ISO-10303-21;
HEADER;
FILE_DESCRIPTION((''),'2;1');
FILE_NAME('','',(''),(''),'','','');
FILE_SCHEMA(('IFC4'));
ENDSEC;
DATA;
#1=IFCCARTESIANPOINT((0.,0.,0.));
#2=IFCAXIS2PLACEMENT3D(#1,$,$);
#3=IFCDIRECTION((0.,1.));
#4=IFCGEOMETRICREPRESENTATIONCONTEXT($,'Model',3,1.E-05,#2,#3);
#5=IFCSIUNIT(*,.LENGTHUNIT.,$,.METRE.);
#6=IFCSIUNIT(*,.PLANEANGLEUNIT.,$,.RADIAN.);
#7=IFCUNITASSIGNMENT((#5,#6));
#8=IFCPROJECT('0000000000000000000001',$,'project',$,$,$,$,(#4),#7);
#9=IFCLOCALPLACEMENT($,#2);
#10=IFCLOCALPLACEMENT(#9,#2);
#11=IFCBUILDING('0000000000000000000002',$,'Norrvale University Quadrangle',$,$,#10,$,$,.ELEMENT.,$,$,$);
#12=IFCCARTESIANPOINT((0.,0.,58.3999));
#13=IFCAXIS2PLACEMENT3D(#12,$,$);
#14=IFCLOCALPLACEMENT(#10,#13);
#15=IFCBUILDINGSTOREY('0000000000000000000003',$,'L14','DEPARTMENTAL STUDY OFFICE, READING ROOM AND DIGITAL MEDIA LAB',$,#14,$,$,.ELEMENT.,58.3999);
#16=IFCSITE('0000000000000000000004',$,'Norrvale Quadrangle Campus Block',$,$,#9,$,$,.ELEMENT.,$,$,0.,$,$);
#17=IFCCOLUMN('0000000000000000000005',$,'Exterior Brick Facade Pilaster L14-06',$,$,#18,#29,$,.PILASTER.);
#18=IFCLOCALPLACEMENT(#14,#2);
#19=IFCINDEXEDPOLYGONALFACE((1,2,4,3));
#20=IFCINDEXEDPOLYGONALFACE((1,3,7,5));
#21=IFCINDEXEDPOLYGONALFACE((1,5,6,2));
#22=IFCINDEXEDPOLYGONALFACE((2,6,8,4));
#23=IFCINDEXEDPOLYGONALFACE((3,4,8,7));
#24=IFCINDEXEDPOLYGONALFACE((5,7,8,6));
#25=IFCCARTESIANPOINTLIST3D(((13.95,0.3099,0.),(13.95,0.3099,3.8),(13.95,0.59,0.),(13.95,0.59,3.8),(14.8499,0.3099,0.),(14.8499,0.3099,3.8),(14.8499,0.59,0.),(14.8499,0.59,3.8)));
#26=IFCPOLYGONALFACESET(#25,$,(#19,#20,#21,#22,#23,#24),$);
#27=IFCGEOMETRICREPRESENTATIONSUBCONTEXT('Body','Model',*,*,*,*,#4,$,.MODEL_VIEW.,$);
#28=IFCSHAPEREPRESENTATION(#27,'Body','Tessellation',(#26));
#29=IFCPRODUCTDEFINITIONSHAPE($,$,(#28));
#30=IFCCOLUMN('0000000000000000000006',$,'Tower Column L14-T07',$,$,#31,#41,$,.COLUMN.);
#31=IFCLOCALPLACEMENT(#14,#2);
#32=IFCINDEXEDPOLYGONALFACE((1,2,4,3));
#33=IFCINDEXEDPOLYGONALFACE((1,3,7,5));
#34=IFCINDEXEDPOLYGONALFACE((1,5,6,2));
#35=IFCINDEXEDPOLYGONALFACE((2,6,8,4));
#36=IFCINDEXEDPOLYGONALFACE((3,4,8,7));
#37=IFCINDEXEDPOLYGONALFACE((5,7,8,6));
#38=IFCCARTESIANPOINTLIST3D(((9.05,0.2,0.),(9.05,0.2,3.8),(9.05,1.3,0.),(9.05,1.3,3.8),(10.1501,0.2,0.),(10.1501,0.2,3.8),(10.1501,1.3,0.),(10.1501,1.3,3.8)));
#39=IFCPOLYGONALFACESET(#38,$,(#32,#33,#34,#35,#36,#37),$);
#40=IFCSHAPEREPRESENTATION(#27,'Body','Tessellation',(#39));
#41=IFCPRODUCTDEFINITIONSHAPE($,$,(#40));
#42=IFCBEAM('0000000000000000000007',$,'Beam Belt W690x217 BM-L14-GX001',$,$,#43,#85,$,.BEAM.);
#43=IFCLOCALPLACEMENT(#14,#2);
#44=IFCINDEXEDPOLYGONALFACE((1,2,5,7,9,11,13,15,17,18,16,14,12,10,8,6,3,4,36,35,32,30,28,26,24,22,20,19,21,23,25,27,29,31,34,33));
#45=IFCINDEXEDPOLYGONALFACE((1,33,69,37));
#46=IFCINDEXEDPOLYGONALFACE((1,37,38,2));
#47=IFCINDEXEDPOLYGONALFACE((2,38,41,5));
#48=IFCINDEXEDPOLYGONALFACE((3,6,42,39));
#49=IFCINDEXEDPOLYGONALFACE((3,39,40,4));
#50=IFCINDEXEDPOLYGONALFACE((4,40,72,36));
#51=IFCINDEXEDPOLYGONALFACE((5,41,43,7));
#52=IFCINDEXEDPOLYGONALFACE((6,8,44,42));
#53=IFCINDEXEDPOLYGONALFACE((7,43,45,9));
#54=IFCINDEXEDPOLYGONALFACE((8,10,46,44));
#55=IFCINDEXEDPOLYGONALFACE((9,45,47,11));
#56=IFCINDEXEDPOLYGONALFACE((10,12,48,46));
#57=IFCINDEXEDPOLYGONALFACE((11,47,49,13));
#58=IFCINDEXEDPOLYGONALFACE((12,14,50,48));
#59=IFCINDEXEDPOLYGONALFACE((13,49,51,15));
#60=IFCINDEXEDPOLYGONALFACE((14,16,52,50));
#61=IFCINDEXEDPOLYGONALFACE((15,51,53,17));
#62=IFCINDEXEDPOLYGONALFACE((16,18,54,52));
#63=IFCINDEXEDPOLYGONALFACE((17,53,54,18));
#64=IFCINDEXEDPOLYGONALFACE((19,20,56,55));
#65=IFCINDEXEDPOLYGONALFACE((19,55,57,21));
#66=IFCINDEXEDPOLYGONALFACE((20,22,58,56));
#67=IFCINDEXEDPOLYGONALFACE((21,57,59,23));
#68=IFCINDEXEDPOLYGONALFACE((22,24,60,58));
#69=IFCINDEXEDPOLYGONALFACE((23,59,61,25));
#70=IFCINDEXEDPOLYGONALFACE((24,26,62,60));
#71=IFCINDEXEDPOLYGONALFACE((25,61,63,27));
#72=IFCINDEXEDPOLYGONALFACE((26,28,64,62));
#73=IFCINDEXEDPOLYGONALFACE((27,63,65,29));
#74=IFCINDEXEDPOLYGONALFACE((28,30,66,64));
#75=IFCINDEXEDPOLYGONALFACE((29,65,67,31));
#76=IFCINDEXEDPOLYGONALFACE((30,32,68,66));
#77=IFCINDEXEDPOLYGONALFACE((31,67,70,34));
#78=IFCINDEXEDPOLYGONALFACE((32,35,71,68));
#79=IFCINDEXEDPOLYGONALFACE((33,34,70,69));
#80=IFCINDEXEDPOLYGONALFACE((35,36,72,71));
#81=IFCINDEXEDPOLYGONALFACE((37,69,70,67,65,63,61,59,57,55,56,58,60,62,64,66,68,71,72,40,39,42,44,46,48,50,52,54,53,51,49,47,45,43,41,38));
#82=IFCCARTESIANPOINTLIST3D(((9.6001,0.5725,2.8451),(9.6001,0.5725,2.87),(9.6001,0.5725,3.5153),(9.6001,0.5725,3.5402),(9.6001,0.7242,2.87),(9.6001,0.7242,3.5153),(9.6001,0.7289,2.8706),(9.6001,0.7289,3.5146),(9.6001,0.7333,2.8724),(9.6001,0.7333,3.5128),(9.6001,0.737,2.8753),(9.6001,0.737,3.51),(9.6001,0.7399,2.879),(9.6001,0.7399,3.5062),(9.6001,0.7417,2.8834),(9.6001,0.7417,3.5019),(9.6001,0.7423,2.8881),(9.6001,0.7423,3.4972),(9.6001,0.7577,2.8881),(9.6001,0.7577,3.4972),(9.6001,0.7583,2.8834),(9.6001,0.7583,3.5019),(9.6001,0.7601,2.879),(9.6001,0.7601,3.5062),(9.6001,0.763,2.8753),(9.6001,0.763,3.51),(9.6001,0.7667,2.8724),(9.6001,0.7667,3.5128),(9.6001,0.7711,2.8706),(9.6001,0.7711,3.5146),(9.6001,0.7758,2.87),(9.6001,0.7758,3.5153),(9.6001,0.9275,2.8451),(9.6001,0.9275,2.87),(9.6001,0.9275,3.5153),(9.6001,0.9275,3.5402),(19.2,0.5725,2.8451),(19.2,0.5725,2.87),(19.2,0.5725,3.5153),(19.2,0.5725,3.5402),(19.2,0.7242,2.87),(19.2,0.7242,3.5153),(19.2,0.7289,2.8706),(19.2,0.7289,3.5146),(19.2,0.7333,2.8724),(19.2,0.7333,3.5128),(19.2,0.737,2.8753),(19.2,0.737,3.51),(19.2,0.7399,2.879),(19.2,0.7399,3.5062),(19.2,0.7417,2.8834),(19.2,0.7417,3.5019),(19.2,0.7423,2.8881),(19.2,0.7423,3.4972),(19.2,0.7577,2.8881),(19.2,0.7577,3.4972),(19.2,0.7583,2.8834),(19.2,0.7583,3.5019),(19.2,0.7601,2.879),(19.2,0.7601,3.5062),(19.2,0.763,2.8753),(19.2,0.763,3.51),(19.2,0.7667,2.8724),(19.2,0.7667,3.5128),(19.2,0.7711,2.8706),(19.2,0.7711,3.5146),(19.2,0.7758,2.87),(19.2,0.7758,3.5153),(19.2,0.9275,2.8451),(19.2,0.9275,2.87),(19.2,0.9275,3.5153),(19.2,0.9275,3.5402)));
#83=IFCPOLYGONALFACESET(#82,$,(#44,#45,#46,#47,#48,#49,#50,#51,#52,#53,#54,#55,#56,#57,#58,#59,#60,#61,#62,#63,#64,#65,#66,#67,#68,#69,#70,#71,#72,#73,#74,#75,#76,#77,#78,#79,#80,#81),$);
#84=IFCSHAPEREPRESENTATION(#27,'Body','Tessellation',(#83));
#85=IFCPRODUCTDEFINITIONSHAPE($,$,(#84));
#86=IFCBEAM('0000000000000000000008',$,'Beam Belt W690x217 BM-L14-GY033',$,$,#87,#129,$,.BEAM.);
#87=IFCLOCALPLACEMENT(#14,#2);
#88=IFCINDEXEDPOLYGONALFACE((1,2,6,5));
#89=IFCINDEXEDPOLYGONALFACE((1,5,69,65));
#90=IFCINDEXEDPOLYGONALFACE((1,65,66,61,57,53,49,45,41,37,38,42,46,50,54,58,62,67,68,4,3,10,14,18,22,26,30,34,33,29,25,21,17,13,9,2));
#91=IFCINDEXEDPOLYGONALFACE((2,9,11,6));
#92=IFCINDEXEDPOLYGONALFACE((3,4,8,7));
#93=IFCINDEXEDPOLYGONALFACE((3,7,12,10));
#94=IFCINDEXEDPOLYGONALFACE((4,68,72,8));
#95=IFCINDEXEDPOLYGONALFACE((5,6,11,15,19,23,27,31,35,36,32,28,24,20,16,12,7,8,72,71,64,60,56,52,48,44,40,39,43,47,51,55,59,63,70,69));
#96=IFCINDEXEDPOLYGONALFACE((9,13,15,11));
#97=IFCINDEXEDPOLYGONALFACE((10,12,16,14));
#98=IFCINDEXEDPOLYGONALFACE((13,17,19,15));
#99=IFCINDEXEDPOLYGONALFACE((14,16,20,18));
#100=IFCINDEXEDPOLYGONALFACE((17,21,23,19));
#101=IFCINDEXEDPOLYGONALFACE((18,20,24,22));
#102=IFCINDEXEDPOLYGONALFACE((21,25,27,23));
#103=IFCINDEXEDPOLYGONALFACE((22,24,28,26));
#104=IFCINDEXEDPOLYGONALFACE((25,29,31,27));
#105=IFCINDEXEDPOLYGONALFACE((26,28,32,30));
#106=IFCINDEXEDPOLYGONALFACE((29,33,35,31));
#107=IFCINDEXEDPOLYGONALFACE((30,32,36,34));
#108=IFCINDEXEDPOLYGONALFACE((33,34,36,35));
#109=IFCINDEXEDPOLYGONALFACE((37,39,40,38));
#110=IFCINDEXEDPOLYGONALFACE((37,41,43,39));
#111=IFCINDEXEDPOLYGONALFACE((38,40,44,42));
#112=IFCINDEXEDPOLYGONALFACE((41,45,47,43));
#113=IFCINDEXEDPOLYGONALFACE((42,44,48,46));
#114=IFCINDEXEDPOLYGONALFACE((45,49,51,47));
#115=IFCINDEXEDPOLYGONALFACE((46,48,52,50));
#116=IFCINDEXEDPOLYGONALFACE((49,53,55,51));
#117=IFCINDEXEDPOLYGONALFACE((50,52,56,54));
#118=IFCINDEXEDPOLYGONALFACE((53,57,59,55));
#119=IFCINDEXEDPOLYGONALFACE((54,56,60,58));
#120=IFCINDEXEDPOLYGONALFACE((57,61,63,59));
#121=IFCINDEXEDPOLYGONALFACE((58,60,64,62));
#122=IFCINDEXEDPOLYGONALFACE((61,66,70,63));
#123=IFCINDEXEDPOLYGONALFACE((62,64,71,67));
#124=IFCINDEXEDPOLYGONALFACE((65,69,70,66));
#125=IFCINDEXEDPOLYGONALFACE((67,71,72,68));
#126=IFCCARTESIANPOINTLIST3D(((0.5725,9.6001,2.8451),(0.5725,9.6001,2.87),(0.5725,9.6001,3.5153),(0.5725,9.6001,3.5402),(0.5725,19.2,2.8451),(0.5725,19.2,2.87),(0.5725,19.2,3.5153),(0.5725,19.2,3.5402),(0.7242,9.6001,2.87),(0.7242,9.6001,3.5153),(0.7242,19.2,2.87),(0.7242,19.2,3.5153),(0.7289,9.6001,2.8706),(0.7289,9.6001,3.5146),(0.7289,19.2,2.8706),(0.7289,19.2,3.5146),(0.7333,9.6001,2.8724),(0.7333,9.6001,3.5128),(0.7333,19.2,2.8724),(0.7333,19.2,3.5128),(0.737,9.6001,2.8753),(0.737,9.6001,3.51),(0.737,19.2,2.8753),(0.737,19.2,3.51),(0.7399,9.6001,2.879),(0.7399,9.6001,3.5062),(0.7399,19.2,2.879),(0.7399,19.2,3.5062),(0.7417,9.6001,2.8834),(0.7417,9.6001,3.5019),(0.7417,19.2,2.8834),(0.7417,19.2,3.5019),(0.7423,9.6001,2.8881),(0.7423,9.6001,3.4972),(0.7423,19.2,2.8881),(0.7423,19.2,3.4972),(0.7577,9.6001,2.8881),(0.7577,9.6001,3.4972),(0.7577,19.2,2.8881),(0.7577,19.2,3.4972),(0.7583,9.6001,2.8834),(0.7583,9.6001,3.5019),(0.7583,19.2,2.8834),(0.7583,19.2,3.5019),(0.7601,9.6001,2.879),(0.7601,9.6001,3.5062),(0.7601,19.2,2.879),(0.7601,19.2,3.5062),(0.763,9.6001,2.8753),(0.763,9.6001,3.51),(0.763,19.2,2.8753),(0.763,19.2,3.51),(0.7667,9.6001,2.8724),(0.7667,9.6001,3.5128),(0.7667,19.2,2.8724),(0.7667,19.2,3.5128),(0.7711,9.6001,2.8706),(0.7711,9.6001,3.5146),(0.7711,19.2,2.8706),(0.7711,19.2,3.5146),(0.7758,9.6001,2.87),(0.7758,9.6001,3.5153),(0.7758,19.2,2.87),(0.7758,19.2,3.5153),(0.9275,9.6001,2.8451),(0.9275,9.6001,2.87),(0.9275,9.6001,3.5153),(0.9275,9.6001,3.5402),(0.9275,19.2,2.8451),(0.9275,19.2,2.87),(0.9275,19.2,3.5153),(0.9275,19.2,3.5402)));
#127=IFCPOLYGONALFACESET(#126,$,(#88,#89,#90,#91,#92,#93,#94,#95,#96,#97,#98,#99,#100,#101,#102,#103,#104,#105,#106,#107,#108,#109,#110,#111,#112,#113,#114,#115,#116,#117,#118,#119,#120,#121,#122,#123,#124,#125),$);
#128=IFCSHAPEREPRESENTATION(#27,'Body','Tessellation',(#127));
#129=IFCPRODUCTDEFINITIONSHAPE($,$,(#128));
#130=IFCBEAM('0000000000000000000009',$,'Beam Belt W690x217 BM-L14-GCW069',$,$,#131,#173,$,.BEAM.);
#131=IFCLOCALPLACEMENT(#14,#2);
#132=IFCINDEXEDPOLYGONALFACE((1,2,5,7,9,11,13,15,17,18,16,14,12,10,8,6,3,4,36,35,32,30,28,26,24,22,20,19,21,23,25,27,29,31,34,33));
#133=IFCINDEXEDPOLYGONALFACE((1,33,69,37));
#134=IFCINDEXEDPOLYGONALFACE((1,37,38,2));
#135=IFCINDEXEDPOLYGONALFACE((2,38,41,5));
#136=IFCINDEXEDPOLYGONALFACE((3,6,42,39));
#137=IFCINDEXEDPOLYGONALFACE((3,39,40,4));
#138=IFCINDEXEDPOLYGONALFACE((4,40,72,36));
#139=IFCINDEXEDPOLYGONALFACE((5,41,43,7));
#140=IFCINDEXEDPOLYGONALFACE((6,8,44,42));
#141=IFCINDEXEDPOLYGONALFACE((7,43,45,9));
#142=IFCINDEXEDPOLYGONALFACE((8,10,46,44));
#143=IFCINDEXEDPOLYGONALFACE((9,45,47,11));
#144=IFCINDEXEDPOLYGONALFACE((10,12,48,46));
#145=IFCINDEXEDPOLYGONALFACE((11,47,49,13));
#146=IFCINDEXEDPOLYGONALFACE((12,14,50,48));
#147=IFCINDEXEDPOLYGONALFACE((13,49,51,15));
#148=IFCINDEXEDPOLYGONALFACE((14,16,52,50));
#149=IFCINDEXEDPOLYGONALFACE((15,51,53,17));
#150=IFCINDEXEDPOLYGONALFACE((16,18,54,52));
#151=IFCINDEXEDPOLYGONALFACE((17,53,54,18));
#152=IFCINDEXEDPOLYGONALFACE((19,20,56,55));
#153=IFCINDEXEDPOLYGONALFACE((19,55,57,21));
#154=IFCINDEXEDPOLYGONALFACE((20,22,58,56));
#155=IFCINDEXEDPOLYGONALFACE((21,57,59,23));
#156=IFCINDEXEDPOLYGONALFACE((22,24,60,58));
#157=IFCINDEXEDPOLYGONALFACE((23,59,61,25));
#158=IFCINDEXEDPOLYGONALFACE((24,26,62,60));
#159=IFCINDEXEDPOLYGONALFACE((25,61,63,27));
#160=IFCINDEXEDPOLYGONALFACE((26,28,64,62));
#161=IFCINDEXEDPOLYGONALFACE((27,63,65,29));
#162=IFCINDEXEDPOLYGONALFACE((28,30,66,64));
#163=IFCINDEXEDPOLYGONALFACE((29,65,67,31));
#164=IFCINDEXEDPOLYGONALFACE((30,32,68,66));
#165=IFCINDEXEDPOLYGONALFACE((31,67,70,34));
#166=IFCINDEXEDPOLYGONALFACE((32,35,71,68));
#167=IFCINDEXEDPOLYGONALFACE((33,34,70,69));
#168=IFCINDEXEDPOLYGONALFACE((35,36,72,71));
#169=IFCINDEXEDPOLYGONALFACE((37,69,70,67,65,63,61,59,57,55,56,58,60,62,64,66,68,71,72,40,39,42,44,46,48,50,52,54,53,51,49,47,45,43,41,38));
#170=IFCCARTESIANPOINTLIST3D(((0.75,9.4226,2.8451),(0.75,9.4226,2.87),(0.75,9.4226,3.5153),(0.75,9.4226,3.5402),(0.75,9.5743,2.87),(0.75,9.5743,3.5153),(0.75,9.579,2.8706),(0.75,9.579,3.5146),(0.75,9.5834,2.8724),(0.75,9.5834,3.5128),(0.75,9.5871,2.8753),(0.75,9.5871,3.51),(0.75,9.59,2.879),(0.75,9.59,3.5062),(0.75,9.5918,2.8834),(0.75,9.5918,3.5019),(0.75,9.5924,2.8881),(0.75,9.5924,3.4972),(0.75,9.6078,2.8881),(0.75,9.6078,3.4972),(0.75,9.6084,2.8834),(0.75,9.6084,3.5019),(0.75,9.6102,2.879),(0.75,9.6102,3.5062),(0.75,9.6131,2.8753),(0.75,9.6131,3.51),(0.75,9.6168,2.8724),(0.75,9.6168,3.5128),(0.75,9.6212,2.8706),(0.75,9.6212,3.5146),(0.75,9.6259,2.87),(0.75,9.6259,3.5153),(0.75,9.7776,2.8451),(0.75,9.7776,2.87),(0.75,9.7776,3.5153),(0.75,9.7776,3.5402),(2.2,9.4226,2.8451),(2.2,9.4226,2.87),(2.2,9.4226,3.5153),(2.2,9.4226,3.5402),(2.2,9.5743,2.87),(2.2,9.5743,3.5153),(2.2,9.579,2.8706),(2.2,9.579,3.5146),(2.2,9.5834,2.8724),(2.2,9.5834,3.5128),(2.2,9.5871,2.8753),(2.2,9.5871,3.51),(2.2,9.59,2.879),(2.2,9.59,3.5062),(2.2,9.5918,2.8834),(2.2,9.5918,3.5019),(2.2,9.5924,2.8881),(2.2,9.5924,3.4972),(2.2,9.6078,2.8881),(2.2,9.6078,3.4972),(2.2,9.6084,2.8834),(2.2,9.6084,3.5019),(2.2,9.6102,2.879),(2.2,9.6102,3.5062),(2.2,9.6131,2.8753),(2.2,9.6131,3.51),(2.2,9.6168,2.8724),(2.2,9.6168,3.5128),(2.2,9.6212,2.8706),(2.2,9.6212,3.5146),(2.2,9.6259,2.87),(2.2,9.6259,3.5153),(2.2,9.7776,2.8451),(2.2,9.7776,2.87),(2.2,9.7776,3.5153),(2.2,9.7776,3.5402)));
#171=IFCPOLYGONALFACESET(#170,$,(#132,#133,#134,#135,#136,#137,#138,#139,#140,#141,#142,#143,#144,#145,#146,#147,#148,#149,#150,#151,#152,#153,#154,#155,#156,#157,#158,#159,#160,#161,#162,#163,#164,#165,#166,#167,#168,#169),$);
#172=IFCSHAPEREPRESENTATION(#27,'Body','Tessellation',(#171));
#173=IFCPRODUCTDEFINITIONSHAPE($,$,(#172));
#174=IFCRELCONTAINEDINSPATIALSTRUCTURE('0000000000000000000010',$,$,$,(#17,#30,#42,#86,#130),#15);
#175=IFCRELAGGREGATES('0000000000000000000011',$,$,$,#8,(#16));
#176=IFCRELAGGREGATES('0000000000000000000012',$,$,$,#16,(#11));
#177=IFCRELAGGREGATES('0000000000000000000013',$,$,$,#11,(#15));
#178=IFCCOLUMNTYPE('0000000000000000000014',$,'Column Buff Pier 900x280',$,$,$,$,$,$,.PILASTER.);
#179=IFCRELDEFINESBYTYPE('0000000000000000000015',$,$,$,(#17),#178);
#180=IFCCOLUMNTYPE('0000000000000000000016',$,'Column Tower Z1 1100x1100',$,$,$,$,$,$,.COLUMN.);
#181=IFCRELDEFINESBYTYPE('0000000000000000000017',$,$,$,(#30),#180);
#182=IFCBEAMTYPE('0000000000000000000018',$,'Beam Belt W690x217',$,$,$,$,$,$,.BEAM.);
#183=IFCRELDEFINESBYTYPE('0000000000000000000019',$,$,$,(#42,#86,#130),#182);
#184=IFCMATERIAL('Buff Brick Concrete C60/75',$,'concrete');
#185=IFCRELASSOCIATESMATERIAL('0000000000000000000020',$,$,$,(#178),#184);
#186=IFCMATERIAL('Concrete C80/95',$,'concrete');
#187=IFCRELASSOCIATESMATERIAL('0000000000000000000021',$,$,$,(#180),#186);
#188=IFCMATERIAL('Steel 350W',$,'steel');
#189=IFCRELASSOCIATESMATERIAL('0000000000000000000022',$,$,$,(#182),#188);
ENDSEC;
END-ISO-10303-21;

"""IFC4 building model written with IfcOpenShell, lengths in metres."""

from ifc_helpers import new_model, si_unit, direction, frame, origin, origin_2d, place, context, subcontext, project, spatial, rectangle, i_section, extrude, material, material_profile, profile_set, type_object, element, save


model = new_model("IFC4")

# Units and contexts
model_context = context("Model", 3, precision=1e-05, world=origin(), true_north=direction((0.0, 1.0)))
body_context = subcontext(model_context, "Body", "Model", "MODEL_VIEW")
ifc_project = project(units=[si_unit("LENGTHUNIT", "METRE"), si_unit("PLANEANGLEUNIT", "RADIAN")], contexts=[model_context])

# Site, building, storey
site_placement = place(None, origin())
site = spatial("IfcSite", under=ifc_project, at=site_placement, Name="Norrvale Quadrangle Campus Block", CompositionType="ELEMENT", RefElevation=0.0)
building_placement = place(site_placement, origin())
building = spatial("IfcBuilding", under=site, at=building_placement, Name="Norrvale University Quadrangle", CompositionType="ELEMENT")
storey_placement = place(building_placement, frame((0.0, 0.0, 58.3999)))
storey = spatial("IfcBuildingStorey", under=building, at=storey_placement, Name="L14", Description="DEPARTMENTAL STUDY OFFICE, READING ROOM AND DIGITAL MEDIA LAB", CompositionType="ELEMENT", Elevation=58.3999)

# Columns
ifc_material_1 = material(Name="Buff Brick Concrete C60/75", Category="concrete")
ifc_material_profile_1 = material_profile(ifc_material_1, rectangle(XDim=0.8999, YDim=0.28, at=origin_2d()), Name="Buff Brick Concrete C60/75")
ifc_profile_set_1 = profile_set([ifc_material_profile_1], Name="Buff Brick Concrete C60/75")
column_type_1 = type_object("IfcColumnType", Name="Column Buff Pier 900x280", PredefinedType="PILASTER", material=ifc_profile_set_1)
column_1_placement = place(storey_placement, frame((14.3999, 0.45, 0.0), z_axis=(0.0, 0.0, 1.0), x_axis=(1.0, 0.0, 0.0)))
element("IfcColumn", 1, at=column_1_placement, inside=storey, type_object=column_type_1, Name="Exterior Brick Facade Pilaster L14-06", PredefinedType="PILASTER", context=body_context, shape_type="SweptSolid", body=[
    extrude(rectangle(XDim=0.8999, YDim=0.28, at=origin_2d()), origin(), (0.0, 0.0, 1.0), 3.8),
])
ifc_material_2 = material(Name="Concrete C80/95", Category="concrete")
ifc_material_profile_2 = material_profile(ifc_material_2, rectangle(XDim=1.1001, YDim=1.1001, at=origin_2d()), Name="Concrete C80/95")
ifc_profile_set_2 = profile_set([ifc_material_profile_2], Name="Concrete C80/95")
column_type_2 = type_object("IfcColumnType", Name="Column Tower Z1 1100x1100", PredefinedType="COLUMN", material=ifc_profile_set_2)
column_2_placement = place(storey_placement, frame((9.6001, 0.75, 0.0), z_axis=(0.0, 0.0, 1.0), x_axis=(1.0, 0.0, 0.0)))
element("IfcColumn", 2, at=column_2_placement, inside=storey, type_object=column_type_2, Name="Tower Column L14-T07", PredefinedType="COLUMN", context=body_context, shape_type="SweptSolid", body=[
    extrude(rectangle(XDim=1.1001, YDim=1.1001, at=origin_2d()), origin(), (0.0, 0.0, 1.0), 3.8),
])

# Beams
ifc_material_3 = material(Name="Steel 350W", Category="steel")
ifc_material_profile_3 = material_profile(ifc_material_3, i_section(OverallWidth=0.355, OverallDepth=0.6951, WebThickness=0.0154, FlangeThickness=0.0249, FilletRadius=0.0181, at=origin_2d()), Name="Steel 350W")
ifc_profile_set_3 = profile_set([ifc_material_profile_3], Name="Steel 350W")
beam_type_1 = type_object("IfcBeamType", Name="Beam Belt W690x217", PredefinedType="BEAM", material=ifc_profile_set_3)
for number, where, z_axis, x_axis, name in (
    (3, (9.6001, 0.75, 3.1926), (1.0, 0.0, 0.0), (0.0, 1.0, 0.0), "Beam Belt W690x217 BM-L14-GX001"),
    (4, (0.75, 9.6001, 3.1926), (0.0, 1.0, 0.0), (-1.0, 0.0, 0.0), "Beam Belt W690x217 BM-L14-GY033"),
):
    element("IfcBeam", number, at=place(storey_placement, frame(where, z_axis=z_axis, x_axis=x_axis)), inside=storey, type_object=beam_type_1, Name=name, PredefinedType="BEAM", context=body_context, shape_type="SweptSolid", body=[
        extrude(i_section(OverallWidth=0.355, OverallDepth=0.6951, WebThickness=0.0154, FlangeThickness=0.0249, FilletRadius=0.0181, at=origin_2d()), origin(), (0.0, 0.0, 1.0), 9.5999),
    ])
beam_1_placement = place(storey_placement, frame((0.75, 9.6001, 3.1926), z_axis=(1.0, 0.0, 0.0), x_axis=(0.0, 1.0, 0.0)))
element("IfcBeam", 5, at=beam_1_placement, inside=storey, type_object=beam_type_1, Name="Beam Belt W690x217 BM-L14-GCW069", PredefinedType="BEAM", context=body_context, shape_type="SweptSolid", body=[
    extrude(i_section(OverallWidth=0.355, OverallDepth=0.6951, WebThickness=0.0154, FlangeThickness=0.0249, FilletRadius=0.0181, at=origin_2d()), origin(), (0.0, 0.0, 1.0), 1.45),
])

save(model, "model.ifc")
